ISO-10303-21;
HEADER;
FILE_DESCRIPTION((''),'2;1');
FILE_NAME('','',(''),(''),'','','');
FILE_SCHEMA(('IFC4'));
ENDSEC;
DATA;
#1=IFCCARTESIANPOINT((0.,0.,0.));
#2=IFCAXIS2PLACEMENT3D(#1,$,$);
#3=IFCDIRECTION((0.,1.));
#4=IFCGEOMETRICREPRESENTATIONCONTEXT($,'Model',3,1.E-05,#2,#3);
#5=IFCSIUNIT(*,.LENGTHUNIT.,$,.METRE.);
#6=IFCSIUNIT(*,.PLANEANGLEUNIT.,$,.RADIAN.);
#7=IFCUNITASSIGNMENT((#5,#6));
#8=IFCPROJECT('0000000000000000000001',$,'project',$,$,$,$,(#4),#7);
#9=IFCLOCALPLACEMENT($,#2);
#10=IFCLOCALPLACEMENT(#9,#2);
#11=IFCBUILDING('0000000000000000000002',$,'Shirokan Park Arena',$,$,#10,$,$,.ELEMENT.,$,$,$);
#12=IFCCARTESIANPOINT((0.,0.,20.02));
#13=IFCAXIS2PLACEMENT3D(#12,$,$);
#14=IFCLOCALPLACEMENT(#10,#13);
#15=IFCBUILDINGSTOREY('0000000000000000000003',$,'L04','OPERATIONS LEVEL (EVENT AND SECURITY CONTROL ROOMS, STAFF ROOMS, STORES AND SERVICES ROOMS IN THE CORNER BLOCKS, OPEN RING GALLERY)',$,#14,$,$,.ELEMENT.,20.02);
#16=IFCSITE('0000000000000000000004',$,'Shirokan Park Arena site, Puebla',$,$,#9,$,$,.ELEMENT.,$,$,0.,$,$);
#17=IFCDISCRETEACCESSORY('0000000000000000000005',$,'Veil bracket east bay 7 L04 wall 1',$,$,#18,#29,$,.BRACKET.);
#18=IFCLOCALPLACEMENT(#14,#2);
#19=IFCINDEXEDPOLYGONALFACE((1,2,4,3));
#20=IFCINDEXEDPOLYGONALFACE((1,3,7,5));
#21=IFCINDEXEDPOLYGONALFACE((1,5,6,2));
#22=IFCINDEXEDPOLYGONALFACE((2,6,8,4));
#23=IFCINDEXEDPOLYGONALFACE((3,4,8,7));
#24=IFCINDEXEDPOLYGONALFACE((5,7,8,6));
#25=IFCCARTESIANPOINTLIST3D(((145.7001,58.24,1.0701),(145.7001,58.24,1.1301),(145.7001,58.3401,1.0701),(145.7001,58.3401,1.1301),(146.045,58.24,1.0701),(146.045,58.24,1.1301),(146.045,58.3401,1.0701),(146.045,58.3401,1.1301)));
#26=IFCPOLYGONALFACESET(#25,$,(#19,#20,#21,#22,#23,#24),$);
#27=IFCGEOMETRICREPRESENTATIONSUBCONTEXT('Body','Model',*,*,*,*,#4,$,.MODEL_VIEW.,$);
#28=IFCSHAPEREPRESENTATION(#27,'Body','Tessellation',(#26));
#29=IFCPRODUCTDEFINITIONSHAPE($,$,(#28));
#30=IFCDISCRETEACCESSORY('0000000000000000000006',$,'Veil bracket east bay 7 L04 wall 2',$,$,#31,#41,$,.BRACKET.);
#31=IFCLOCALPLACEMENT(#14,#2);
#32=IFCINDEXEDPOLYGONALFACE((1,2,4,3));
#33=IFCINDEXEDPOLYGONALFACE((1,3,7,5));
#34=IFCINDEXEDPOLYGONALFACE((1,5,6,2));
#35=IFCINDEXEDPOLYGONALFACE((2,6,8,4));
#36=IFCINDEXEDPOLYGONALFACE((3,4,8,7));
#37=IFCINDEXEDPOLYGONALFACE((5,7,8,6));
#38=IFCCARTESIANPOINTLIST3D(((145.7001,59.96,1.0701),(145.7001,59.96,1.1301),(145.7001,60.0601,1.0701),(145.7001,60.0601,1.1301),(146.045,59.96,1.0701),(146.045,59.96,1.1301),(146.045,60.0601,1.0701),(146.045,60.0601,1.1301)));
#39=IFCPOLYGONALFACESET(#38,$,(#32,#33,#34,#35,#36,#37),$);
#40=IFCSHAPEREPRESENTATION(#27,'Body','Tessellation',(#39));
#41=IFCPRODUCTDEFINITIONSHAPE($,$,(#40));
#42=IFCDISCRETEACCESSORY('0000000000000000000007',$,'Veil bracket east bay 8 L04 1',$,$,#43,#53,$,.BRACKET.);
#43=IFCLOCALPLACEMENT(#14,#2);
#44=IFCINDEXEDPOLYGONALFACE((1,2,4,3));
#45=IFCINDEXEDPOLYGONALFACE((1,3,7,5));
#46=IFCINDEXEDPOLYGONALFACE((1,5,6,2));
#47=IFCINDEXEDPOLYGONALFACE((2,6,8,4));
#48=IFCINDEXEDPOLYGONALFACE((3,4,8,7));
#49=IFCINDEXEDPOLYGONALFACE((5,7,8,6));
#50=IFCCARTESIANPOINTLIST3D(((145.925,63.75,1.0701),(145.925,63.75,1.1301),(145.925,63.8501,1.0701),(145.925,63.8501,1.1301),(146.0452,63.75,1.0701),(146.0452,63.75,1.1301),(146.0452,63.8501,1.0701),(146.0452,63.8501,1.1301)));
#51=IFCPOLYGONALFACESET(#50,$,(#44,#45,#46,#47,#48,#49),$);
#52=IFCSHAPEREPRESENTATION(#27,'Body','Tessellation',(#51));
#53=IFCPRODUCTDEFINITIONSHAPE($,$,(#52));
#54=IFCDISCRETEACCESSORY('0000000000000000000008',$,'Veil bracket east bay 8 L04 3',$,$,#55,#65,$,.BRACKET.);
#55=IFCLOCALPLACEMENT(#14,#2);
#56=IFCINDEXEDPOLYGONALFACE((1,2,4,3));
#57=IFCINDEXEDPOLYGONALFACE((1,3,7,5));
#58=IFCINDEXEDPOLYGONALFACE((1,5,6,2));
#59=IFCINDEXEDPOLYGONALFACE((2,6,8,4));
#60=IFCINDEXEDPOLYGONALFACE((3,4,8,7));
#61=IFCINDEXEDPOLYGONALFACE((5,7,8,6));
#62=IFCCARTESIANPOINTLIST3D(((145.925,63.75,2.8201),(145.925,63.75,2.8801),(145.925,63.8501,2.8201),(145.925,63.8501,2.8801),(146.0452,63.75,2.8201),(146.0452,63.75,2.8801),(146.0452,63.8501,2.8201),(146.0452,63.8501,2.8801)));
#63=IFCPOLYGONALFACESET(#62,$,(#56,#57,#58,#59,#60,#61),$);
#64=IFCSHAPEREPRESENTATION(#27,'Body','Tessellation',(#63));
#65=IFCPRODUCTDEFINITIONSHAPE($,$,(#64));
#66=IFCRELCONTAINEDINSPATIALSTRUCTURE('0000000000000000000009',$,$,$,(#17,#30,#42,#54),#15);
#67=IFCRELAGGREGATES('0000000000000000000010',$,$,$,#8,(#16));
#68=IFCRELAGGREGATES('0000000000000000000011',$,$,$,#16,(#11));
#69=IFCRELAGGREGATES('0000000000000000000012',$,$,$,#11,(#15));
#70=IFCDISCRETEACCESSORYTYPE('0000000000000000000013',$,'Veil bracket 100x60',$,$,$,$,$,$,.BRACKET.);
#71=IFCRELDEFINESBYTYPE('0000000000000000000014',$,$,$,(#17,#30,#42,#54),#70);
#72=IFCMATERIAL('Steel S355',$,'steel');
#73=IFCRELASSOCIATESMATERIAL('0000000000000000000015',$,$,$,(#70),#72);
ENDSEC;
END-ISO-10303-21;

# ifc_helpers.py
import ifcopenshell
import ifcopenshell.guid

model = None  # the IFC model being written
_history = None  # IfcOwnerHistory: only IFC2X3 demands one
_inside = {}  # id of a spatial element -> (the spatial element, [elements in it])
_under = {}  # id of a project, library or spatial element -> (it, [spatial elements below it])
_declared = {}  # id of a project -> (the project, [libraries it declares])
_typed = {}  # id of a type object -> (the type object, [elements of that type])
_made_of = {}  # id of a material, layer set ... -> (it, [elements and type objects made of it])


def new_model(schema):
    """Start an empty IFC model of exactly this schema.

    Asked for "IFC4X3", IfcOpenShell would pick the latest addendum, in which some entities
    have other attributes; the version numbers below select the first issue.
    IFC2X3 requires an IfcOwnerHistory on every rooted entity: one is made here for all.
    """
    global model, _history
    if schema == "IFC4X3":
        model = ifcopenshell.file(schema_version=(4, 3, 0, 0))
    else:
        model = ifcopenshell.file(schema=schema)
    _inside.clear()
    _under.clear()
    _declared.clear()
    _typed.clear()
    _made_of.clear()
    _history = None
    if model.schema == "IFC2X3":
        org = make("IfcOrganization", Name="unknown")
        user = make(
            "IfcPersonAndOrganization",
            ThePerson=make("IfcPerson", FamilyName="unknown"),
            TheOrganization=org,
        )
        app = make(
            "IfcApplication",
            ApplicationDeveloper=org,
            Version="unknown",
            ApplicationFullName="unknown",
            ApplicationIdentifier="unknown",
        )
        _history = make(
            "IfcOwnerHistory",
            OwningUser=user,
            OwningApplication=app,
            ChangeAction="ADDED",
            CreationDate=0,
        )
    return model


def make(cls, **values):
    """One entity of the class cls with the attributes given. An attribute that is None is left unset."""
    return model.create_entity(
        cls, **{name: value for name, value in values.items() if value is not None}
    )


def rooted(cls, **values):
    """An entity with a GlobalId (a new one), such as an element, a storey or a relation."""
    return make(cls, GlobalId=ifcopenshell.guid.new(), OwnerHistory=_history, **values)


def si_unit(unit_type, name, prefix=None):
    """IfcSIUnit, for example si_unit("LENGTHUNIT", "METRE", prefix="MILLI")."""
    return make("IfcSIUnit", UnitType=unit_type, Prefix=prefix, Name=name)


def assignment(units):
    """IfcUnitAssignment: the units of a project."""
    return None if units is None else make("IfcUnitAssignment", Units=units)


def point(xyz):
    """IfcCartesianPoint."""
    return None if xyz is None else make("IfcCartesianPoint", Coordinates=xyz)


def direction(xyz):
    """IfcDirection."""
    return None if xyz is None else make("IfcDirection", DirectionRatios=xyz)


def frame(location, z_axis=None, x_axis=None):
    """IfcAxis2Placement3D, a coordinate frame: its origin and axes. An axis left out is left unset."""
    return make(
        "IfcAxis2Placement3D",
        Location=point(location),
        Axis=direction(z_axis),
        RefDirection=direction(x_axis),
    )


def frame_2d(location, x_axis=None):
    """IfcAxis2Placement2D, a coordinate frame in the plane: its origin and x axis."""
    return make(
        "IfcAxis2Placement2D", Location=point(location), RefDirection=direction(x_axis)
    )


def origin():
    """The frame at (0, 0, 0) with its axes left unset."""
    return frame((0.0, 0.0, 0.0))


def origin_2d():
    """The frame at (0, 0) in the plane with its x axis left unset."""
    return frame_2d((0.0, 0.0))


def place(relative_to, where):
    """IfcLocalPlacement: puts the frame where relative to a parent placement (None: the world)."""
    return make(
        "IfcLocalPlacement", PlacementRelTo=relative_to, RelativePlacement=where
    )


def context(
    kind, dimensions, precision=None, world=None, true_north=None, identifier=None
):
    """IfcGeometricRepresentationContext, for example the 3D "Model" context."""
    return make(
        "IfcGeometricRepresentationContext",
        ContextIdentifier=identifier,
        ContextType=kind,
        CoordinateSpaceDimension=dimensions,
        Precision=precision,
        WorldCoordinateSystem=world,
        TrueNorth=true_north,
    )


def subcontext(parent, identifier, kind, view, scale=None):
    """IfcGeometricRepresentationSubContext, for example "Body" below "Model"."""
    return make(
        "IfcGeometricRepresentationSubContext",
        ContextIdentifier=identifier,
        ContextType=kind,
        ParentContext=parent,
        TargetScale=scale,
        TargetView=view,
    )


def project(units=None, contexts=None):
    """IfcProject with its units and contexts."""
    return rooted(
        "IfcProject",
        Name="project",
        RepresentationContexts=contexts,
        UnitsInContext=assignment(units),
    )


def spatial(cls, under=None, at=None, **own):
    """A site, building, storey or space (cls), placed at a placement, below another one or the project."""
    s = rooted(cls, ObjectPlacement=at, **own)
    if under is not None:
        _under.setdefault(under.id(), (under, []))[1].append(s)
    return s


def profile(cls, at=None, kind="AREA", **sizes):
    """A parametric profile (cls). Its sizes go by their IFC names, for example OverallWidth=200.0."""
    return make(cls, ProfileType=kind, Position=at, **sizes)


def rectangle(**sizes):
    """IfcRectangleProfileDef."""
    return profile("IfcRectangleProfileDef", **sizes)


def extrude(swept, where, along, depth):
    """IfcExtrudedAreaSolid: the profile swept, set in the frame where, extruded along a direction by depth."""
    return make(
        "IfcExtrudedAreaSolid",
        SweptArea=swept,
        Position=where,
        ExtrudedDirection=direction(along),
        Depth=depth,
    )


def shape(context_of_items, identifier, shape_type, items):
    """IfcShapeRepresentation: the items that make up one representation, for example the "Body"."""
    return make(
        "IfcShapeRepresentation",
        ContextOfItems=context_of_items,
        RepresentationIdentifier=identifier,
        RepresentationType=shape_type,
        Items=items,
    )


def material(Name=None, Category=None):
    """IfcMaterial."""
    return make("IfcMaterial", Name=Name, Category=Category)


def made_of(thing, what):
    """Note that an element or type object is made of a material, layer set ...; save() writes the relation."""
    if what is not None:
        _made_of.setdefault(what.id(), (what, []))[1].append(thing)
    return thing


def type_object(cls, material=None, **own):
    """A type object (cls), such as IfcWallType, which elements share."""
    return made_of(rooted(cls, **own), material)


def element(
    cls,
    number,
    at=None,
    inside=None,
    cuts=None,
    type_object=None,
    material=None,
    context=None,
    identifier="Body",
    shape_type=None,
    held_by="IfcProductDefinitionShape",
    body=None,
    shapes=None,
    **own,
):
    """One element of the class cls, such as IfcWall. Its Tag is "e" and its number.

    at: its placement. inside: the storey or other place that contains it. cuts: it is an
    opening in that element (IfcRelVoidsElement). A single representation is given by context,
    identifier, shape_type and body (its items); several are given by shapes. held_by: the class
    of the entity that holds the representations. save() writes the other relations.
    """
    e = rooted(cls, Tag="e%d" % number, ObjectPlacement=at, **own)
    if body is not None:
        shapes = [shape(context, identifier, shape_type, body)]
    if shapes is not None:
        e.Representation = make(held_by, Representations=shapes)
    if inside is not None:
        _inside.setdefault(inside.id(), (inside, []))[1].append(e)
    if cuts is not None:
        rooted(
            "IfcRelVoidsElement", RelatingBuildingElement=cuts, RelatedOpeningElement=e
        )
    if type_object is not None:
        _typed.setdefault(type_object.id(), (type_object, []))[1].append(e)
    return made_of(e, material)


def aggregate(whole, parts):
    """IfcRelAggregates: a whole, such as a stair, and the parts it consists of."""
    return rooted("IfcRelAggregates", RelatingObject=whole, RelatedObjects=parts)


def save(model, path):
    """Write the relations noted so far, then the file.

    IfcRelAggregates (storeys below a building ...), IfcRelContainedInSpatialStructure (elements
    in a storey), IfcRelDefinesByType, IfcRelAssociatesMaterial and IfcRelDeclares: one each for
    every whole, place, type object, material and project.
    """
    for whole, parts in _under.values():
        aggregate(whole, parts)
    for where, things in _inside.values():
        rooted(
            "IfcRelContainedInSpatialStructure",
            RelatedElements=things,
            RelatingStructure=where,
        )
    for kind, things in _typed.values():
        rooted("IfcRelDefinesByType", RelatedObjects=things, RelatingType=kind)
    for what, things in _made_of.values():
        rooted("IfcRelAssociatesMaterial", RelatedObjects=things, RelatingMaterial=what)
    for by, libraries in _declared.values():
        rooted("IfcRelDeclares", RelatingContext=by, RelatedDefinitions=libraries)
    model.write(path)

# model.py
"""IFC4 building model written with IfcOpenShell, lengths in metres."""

from ifc_helpers import new_model, si_unit, direction, frame, origin, origin_2d, place, context, subcontext, project, spatial, rectangle, extrude, material, type_object, element, save


model = new_model("IFC4")

# Units and contexts
model_context = context("Model", 3, precision=1e-05, world=origin(), true_north=direction((0.0, 1.0)))
body_context = subcontext(model_context, "Body", "Model", "MODEL_VIEW")
ifc_project = project(units=[si_unit("LENGTHUNIT", "METRE"), si_unit("PLANEANGLEUNIT", "RADIAN")], contexts=[model_context])

# Site, building, storey
site_placement = place(None, origin())
site = spatial("IfcSite", under=ifc_project, at=site_placement, Name="Shirokan Park Arena site, Puebla", CompositionType="ELEMENT", RefElevation=0.0)
building_placement = place(site_placement, origin())
building = spatial("IfcBuilding", under=site, at=building_placement, Name="Shirokan Park Arena", CompositionType="ELEMENT")
storey_placement = place(building_placement, frame((0.0, 0.0, 20.02)))
storey = spatial("IfcBuildingStorey", under=building, at=storey_placement, Name="L04", Description="OPERATIONS LEVEL (EVENT AND SECURITY CONTROL ROOMS, STAFF ROOMS, STORES AND SERVICES ROOMS IN THE CORNER BLOCKS, OPEN RING GALLERY)", CompositionType="ELEMENT", Elevation=20.02)

# Shared definitions
ifc_material_1 = material(Name="Steel S355", Category="steel")

# Discrete accessories
discrete_accessory_type = type_object("IfcDiscreteAccessoryType", Name="Veil bracket 100x60", PredefinedType="BRACKET", material=ifc_material_1)
for number, where, z_axis, x_axis, name in (
    (1, (145.8726, 58.29, 1.0701), (0.0, 0.0, 1.0), (0.0, 1.0, 0.0), "Veil bracket east bay 7 L04 wall 1"),
    (2, (145.8726, 60.01, 1.0701), (0.0, 0.0, 1.0), (0.0, 1.0, 0.0), "Veil bracket east bay 7 L04 wall 2"),
):
    element("IfcDiscreteAccessory", number, at=place(storey_placement, frame(where, z_axis=z_axis, x_axis=x_axis)), inside=storey, type_object=discrete_accessory_type, Name=name, PredefinedType="BRACKET", context=body_context, shape_type="SweptSolid", body=[
        extrude(rectangle(XDim=0.1001, YDim=0.345, at=origin_2d()), origin(), (0.0, 0.0, 1.0), 0.0601),
    ])
for number, where, z_axis, x_axis, name in (
    (3, (145.9851, 63.8, 1.0701), (0.0, 0.0, 1.0), (0.0, 1.0, 0.0), "Veil bracket east bay 8 L04 1"),
    (4, (145.9851, 63.8, 2.8201), (0.0, 0.0, 1.0), (0.0, 1.0, 0.0), "Veil bracket east bay 8 L04 3"),
):
    element("IfcDiscreteAccessory", number, at=place(storey_placement, frame(where, z_axis=z_axis, x_axis=x_axis)), inside=storey, type_object=discrete_accessory_type, Name=name, PredefinedType="BRACKET", context=body_context, shape_type="SweptSolid", body=[
        extrude(rectangle(XDim=0.1001, YDim=0.1201, at=origin_2d()), origin(), (0.0, 0.0, 1.0), 0.0601),
    ])

save(model, "model.ifc")
